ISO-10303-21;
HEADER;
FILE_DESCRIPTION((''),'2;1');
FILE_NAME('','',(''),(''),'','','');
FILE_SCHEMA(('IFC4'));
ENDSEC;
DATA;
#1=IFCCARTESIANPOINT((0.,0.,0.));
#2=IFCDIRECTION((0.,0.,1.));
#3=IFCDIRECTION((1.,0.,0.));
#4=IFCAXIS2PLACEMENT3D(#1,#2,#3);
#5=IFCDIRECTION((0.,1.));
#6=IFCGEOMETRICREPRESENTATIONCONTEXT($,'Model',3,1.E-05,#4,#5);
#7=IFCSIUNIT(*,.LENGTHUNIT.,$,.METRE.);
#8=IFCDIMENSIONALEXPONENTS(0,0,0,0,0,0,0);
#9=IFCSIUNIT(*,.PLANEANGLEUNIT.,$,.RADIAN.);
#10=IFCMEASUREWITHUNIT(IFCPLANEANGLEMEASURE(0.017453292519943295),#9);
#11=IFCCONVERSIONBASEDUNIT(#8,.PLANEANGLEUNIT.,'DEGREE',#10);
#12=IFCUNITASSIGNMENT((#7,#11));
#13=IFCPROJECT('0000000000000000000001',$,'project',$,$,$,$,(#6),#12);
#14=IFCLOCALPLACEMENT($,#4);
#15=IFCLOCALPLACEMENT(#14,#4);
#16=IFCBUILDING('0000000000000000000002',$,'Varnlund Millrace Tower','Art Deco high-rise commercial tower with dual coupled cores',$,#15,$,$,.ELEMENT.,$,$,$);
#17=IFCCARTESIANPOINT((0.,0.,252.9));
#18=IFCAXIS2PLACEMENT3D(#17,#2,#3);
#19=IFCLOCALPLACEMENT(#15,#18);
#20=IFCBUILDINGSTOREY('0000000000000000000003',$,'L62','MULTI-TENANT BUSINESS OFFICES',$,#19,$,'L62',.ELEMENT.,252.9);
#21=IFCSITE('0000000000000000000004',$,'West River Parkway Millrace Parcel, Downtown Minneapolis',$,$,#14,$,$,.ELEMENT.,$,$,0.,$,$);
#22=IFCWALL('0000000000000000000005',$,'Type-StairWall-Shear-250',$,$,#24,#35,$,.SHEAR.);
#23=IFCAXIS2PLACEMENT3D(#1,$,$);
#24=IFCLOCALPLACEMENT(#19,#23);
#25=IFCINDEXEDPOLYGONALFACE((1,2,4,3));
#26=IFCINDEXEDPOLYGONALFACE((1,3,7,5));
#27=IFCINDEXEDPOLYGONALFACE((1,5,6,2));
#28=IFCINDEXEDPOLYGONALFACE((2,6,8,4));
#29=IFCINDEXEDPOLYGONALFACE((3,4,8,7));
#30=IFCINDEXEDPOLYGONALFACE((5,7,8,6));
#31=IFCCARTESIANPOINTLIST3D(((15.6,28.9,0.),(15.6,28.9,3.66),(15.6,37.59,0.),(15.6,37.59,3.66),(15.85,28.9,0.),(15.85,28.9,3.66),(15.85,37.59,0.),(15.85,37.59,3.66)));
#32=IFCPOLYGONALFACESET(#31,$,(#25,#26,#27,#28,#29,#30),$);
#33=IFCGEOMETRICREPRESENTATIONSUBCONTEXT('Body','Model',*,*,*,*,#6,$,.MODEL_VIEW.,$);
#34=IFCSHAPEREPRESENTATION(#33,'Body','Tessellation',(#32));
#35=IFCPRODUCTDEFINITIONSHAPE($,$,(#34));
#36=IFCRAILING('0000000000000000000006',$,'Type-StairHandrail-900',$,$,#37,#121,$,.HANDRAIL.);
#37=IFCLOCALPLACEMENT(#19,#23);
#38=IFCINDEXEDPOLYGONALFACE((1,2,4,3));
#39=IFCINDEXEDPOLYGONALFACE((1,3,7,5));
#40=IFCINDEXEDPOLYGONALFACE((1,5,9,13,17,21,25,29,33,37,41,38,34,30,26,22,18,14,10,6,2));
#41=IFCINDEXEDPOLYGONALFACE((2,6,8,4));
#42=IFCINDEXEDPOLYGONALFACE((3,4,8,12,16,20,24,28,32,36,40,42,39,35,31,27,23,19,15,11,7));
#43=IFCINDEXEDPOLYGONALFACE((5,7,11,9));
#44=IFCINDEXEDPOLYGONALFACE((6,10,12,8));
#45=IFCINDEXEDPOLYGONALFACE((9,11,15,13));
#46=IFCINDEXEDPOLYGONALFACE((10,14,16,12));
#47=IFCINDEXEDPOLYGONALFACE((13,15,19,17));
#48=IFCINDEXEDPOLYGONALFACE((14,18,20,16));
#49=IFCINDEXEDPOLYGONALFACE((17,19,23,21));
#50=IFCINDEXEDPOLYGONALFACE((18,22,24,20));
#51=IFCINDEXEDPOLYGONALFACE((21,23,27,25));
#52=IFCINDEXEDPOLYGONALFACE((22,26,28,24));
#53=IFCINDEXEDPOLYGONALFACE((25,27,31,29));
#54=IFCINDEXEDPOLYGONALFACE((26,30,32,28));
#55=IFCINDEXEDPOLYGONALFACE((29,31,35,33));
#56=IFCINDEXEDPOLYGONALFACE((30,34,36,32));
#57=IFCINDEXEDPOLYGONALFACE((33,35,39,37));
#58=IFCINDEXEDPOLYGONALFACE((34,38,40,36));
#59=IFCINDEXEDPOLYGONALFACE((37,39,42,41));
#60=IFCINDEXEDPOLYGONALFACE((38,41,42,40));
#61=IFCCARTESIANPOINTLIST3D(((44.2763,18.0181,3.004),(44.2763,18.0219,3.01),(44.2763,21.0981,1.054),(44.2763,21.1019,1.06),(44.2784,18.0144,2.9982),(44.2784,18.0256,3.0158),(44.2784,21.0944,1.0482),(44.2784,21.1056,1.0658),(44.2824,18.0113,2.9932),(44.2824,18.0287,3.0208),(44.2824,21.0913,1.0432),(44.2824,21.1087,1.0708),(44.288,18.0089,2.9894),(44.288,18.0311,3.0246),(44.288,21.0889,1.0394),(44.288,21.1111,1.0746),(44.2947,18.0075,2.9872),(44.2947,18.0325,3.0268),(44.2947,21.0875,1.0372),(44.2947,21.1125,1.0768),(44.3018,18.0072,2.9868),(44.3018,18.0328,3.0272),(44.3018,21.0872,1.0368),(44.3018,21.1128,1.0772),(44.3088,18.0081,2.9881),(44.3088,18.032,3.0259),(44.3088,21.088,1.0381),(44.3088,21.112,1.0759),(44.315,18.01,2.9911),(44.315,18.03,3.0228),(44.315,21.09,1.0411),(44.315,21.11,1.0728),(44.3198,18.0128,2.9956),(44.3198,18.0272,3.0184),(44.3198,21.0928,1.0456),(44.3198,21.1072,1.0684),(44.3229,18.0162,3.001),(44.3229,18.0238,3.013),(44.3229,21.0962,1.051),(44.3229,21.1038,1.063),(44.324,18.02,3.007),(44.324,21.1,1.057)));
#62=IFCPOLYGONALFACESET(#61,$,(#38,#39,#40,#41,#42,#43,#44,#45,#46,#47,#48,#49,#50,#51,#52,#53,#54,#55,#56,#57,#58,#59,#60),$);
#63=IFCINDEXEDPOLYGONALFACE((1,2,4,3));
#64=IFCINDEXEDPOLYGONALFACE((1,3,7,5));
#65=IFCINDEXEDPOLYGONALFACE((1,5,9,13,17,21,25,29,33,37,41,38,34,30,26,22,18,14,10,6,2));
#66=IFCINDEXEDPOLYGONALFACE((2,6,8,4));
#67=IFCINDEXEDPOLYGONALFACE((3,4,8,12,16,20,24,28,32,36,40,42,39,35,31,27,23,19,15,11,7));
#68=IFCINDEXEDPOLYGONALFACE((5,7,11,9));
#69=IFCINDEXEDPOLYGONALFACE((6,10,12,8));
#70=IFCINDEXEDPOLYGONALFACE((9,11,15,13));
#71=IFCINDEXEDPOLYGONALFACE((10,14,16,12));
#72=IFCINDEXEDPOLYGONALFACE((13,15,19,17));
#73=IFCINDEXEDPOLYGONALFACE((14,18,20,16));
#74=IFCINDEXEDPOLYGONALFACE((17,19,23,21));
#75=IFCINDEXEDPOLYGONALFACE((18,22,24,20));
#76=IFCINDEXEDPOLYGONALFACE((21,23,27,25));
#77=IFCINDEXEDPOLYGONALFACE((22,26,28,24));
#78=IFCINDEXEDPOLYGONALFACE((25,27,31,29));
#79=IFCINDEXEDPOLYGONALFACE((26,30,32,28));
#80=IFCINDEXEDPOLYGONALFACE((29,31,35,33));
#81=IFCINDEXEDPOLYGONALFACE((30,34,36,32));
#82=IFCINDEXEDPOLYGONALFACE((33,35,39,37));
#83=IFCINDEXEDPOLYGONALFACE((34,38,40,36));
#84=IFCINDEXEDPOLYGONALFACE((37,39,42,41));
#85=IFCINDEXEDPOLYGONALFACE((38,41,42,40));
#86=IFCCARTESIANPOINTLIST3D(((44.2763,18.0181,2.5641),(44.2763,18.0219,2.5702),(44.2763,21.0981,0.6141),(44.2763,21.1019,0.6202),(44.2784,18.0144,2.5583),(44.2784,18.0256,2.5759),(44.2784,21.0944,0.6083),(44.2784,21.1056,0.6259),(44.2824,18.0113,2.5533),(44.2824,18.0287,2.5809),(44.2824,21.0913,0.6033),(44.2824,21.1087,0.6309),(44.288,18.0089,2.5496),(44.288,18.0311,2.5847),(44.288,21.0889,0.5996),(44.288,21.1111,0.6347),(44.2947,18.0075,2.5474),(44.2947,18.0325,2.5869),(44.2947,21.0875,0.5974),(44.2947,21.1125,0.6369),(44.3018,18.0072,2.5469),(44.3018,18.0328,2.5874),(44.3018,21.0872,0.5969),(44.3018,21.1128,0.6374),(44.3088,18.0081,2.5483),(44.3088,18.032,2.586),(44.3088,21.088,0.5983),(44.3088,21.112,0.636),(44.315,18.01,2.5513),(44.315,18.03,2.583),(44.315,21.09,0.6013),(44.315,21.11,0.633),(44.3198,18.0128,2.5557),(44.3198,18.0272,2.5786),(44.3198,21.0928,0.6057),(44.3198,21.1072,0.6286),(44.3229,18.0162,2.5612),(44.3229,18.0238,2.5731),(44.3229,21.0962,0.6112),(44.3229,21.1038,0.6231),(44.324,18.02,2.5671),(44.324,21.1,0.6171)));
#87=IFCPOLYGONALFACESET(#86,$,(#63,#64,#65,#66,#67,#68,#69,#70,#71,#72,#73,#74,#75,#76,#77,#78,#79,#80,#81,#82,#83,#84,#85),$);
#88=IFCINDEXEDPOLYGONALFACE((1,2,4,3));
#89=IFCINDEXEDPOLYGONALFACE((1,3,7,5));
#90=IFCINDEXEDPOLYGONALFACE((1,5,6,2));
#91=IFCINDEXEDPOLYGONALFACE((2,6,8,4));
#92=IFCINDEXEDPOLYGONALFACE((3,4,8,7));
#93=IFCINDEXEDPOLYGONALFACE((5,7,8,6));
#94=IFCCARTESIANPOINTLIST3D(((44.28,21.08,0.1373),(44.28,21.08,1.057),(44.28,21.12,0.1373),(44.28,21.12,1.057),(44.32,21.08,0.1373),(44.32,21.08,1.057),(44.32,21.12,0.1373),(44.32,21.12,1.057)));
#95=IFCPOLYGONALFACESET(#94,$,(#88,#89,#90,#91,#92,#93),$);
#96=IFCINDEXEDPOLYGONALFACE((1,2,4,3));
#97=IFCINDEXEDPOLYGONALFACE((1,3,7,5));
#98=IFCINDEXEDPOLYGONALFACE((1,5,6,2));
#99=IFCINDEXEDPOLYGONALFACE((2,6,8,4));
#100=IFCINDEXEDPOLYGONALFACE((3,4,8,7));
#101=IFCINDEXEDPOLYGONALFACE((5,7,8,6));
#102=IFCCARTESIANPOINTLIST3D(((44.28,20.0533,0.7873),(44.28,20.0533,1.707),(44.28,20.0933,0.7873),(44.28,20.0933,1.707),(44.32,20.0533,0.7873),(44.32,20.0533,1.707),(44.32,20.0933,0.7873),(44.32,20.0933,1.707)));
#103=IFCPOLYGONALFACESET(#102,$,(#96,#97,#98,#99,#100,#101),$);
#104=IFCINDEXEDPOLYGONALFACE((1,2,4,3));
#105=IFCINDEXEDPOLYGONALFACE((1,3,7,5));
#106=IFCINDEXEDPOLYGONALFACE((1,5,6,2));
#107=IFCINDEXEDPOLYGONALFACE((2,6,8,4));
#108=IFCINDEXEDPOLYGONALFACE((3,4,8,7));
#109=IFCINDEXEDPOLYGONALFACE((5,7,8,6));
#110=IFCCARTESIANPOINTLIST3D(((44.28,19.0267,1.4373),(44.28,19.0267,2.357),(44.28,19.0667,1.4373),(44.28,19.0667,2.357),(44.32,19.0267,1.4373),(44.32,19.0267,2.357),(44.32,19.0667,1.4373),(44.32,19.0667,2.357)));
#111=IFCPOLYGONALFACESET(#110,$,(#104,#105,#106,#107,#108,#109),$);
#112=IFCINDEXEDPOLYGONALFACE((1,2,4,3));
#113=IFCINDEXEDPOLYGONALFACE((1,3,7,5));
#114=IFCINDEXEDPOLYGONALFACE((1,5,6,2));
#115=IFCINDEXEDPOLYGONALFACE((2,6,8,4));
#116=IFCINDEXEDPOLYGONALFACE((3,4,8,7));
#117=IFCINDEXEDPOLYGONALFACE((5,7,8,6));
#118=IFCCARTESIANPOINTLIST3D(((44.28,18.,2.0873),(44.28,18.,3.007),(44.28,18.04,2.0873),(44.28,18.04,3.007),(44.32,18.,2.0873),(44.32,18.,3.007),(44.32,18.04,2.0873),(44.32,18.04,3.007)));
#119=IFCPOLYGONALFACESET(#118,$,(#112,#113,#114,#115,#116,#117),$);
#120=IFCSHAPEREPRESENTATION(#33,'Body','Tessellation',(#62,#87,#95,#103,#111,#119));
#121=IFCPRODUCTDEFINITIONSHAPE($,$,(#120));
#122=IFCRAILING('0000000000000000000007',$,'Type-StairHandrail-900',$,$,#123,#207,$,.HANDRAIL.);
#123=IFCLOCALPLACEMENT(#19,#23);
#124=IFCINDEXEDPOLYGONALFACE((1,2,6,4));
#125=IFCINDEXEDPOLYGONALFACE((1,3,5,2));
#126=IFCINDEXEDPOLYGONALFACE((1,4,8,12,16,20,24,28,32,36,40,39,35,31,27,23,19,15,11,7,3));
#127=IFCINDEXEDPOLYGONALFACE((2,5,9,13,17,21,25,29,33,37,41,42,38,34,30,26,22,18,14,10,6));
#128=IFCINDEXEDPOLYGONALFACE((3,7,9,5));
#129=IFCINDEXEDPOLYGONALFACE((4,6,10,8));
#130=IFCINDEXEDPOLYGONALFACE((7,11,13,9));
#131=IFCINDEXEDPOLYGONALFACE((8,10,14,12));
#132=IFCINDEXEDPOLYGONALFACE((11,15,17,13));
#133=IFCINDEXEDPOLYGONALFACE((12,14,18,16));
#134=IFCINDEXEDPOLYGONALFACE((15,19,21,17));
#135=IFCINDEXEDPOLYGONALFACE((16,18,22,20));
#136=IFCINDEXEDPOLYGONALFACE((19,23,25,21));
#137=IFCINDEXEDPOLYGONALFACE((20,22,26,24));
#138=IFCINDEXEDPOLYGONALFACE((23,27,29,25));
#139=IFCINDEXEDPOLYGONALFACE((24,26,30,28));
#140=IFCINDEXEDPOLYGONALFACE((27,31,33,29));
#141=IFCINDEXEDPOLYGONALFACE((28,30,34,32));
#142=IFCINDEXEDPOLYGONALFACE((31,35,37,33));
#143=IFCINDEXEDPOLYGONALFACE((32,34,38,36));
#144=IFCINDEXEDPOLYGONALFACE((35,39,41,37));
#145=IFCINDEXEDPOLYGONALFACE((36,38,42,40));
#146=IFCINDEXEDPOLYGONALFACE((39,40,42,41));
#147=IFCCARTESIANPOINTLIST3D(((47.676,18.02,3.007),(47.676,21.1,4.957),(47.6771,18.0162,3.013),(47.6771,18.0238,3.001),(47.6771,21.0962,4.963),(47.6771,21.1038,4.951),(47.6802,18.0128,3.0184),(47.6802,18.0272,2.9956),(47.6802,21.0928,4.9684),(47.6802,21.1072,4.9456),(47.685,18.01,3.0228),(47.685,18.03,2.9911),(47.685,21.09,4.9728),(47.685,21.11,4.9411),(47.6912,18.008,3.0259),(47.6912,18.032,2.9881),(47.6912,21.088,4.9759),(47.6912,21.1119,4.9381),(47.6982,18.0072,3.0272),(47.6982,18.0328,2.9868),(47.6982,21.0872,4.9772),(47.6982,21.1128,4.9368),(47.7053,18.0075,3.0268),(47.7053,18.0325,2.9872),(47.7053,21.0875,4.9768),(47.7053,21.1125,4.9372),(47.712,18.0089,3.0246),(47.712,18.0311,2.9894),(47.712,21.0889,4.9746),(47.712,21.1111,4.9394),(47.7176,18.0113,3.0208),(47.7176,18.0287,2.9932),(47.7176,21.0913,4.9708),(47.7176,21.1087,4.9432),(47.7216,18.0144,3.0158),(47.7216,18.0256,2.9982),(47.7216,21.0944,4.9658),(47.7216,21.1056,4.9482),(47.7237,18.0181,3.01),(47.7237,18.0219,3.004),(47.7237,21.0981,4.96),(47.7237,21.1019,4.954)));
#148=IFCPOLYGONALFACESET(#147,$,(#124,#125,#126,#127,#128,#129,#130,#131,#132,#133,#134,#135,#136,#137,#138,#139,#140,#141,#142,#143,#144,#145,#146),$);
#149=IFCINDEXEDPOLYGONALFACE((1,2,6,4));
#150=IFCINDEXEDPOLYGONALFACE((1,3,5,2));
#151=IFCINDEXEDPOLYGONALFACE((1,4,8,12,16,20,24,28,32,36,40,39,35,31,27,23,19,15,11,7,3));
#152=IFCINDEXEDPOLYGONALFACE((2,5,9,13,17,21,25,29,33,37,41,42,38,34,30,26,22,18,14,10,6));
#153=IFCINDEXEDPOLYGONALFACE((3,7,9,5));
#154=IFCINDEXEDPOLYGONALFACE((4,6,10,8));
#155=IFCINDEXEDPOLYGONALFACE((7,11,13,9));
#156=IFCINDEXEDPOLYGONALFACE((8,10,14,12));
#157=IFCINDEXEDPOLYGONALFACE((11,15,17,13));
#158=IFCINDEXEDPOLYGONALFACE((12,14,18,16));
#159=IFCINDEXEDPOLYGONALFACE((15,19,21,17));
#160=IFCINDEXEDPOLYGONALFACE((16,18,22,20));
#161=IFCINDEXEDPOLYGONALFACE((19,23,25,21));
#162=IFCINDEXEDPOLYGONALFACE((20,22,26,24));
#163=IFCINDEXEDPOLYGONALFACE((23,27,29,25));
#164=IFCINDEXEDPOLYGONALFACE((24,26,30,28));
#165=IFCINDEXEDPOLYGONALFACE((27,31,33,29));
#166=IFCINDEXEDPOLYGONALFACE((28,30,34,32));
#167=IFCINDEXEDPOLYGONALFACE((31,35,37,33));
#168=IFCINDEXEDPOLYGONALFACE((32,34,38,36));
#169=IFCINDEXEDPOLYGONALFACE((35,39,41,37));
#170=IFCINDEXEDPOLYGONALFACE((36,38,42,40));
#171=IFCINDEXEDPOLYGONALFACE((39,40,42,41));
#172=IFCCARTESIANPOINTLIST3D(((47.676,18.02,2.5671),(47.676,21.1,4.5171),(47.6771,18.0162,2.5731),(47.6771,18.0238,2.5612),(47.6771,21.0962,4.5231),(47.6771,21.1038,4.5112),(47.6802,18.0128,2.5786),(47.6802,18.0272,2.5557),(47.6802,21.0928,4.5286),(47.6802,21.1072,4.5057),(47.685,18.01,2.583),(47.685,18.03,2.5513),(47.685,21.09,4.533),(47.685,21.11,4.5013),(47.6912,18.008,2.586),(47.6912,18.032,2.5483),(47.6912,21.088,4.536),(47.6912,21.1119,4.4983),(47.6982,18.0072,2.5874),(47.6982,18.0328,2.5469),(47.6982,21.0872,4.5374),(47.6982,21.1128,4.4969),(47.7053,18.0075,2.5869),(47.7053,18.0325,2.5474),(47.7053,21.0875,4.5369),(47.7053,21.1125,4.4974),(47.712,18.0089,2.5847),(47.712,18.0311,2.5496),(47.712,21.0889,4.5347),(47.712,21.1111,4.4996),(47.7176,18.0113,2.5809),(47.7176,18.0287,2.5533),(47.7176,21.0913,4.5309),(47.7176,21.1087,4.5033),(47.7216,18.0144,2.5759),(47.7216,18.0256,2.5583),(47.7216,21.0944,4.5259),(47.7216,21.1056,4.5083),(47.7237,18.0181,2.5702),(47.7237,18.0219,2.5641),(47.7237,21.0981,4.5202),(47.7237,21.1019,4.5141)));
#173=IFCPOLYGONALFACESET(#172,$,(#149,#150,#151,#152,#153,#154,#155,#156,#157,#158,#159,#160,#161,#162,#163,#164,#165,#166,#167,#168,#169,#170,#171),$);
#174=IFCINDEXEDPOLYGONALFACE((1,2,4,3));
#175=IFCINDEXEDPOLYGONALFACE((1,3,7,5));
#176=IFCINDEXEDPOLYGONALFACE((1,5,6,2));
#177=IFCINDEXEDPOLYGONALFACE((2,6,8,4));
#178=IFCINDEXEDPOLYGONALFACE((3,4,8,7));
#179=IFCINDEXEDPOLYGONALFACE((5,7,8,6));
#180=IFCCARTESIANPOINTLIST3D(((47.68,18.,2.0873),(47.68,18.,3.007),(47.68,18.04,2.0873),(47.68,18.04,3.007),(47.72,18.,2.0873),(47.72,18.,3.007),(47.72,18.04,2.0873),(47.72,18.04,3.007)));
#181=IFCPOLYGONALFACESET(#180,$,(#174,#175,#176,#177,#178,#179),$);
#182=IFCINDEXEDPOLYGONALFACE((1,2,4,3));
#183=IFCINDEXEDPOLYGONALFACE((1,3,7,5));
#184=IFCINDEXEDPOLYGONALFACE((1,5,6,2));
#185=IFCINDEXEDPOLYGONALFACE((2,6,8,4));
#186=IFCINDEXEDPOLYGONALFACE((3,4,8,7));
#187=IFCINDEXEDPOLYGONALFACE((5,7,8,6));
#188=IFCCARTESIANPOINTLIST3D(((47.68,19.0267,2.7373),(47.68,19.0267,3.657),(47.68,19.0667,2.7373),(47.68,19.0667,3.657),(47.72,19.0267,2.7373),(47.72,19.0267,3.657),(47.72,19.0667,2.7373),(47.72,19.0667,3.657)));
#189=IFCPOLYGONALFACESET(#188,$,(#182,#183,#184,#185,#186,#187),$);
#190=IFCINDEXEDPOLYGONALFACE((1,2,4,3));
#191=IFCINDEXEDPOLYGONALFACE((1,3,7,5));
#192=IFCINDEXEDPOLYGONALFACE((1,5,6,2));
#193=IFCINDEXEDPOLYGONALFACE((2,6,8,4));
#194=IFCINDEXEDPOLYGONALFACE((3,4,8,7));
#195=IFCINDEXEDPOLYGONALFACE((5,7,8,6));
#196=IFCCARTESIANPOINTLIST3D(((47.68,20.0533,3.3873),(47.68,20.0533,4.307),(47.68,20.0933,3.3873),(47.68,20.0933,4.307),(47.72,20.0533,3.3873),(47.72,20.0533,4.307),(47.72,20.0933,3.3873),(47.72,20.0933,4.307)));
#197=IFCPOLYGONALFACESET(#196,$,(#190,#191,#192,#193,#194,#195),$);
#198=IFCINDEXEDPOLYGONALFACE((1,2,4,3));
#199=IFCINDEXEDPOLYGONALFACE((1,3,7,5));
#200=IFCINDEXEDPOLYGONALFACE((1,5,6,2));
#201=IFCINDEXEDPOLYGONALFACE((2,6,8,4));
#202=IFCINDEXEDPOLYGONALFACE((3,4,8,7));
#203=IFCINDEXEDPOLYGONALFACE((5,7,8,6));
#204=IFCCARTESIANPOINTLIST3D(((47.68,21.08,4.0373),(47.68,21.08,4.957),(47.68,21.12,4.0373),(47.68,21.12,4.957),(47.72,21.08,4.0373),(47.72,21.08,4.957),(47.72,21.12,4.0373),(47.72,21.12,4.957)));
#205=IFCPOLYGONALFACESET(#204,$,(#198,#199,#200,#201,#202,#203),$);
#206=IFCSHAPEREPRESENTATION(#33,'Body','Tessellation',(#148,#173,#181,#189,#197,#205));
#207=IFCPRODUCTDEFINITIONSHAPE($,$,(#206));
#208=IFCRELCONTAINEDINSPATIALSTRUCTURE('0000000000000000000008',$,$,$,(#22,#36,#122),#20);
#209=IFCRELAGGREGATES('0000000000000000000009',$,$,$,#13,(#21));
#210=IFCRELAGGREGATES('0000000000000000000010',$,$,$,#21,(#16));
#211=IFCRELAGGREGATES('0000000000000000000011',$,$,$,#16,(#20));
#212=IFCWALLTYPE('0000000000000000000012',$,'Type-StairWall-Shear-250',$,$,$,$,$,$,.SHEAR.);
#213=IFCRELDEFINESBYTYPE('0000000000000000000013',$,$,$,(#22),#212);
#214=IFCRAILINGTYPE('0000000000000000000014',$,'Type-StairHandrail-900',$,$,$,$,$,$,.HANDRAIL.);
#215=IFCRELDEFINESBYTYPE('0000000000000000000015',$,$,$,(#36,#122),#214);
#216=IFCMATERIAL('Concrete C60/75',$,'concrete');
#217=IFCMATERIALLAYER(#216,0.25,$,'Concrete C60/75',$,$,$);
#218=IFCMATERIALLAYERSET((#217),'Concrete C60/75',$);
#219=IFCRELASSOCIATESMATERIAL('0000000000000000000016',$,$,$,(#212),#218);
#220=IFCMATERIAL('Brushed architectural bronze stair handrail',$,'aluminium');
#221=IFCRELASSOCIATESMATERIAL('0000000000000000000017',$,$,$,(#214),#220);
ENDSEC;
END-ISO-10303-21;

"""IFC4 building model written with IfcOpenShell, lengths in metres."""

from ifc_helpers import new_model, entity, si_unit, converted_unit, direction, frame, origin_with_axes, origin_2d_with_axis, place, context, subcontext, project, spatial, polyline, rectangle, circle, outline, extrude, material, layer, layer_set, type_object, element, save


model = new_model("IFC4")

# Units and contexts
model_context = context("Model", 3, precision=1e-05, world=origin_with_axes(), true_north=direction((0.0, 1.0)))
body_context = subcontext(model_context, "Body", "Model", "MODEL_VIEW")
ifc_project = project(units=[si_unit("LENGTHUNIT", "METRE"), converted_unit("PLANEANGLEUNIT", "DEGREE", entity("IfcPlaneAngleMeasure", 0.017453292519943295), si_unit("PLANEANGLEUNIT", "RADIAN"), dimensions=[0, 0, 0, 0, 0, 0, 0])], contexts=[model_context])

# Site, building, storey
site_placement = place(None, origin_with_axes())
site = spatial("IfcSite", under=ifc_project, at=site_placement, Name="West River Parkway Millrace Parcel, Downtown Minneapolis", CompositionType="ELEMENT", RefElevation=0.0)
building_placement = place(site_placement, origin_with_axes())
building = spatial("IfcBuilding", under=site, at=building_placement, Name="Varnlund Millrace Tower", Description="Art Deco high-rise commercial tower with dual coupled cores", CompositionType="ELEMENT")
storey_placement = place(building_placement, frame((0.0, 0.0, 252.9), z_axis=(0.0, 0.0, 1.0), x_axis=(1.0, 0.0, 0.0)))
storey = spatial("IfcBuildingStorey", under=building, at=storey_placement, Name="L62", Description="MULTI-TENANT BUSINESS OFFICES", LongName="L62", CompositionType="ELEMENT", Elevation=252.9)

# Shared definitions
ifc_material_1 = material(Name="Concrete C60/75", Category="concrete")

# Wall
ifc_layer_1 = layer(ifc_material_1, 0.25, Name="Concrete C60/75")
ifc_layer_set_1 = layer_set([ifc_layer_1], Name="Concrete C60/75")
wall_type_1 = type_object("IfcWallType", Name="Type-StairWall-Shear-250", PredefinedType="SHEAR", material=ifc_layer_set_1)
wall_1_placement = place(storey_placement, frame((15.725, 28.9, 0.0), z_axis=(0.0, 0.0, 1.0), x_axis=(0.0, 1.0, 0.0)))
element("IfcWall", 1, at=wall_1_placement, inside=storey, type_object=wall_type_1, Name="Type-StairWall-Shear-250", PredefinedType="SHEAR", context=body_context, shape_type="SweptSolid", body=[
    extrude(outline(polyline([(0.0, -0.125), (8.69, -0.125), (8.69, 0.125), (0.0, 0.125), (0.0, -0.125)])), origin_with_axes(), (0.0, 0.0, 1.0), 3.66),
])

# Railings
ifc_material_2 = material(Name="Brushed architectural bronze stair handrail", Category="aluminium")
railing_type = type_object("IfcRailingType", Name="Type-StairHandrail-900", PredefinedType="HANDRAIL", material=ifc_material_2)
railing_1_placement = place(storey_placement, frame((0.0, 0.0, -252.9), z_axis=(0.0, 0.0, 1.0), x_axis=(1.0, 0.0, 0.0)))
element("IfcRailing", 2, at=railing_1_placement, inside=storey, type_object=railing_type, Name="Type-StairHandrail-900", PredefinedType="HANDRAIL", context=body_context, shape_type="SweptSolid", body=[
    extrude(circle(Radius=0.024, at=origin_2d_with_axis()), frame((44.3, 21.1, 253.957), z_axis=(0.0, -0.844902, 0.534922), x_axis=(1.0, 0.0, 0.0)), (0.0, 0.0, 1.0), 3.6454),
    extrude(circle(Radius=0.024, at=origin_2d_with_axis()), frame((44.3, 21.1, 253.5171), z_axis=(0.0, -0.844902, 0.534922), x_axis=(1.0, 0.0, 0.0)), (0.0, 0.0, 1.0), 3.6454),
    extrude(rectangle(XDim=0.04, YDim=0.04, at=origin_2d_with_axis()), frame((44.3, 21.1, 253.0373), z_axis=(0.0, 0.0, 1.0), x_axis=(1.0, 0.0, 0.0)), (0.0, 0.0, 1.0), 0.9197),
    extrude(rectangle(XDim=0.04, YDim=0.04, at=origin_2d_with_axis()), frame((44.3, 20.0733, 253.6873), z_axis=(0.0, 0.0, 1.0), x_axis=(1.0, 0.0, 0.0)), (0.0, 0.0, 1.0), 0.9197),
    extrude(rectangle(XDim=0.04, YDim=0.04, at=origin_2d_with_axis()), frame((44.3, 19.0467, 254.3373), z_axis=(0.0, 0.0, 1.0), x_axis=(1.0, 0.0, 0.0)), (0.0, 0.0, 1.0), 0.9197),
    extrude(rectangle(XDim=0.04, YDim=0.04, at=origin_2d_with_axis()), frame((44.3, 18.02, 254.9873), z_axis=(0.0, 0.0, 1.0), x_axis=(1.0, 0.0, 0.0)), (0.0, 0.0, 1.0), 0.9197),
])
railing_2_placement = place(storey_placement, frame((0.0, 0.0, -252.9), z_axis=(0.0, 0.0, 1.0), x_axis=(1.0, 0.0, 0.0)))
element("IfcRailing", 3, at=railing_2_placement, inside=storey, type_object=railing_type, Name="Type-StairHandrail-900", PredefinedType="HANDRAIL", context=body_context, shape_type="SweptSolid", body=[
    extrude(circle(Radius=0.024, at=origin_2d_with_axis()), frame((47.7, 18.02, 255.907), z_axis=(0.0, 0.844902, 0.534922), x_axis=(-1.0, 0.0, 0.0)), (0.0, 0.0, 1.0), 3.6454),
    extrude(circle(Radius=0.024, at=origin_2d_with_axis()), frame((47.7, 18.02, 255.4671), z_axis=(0.0, 0.844902, 0.534922), x_axis=(-1.0, 0.0, 0.0)), (0.0, 0.0, 1.0), 3.6454),
    extrude(rectangle(XDim=0.04, YDim=0.04, at=origin_2d_with_axis()), frame((47.7, 18.02, 254.9873), z_axis=(0.0, 0.0, 1.0), x_axis=(1.0, 0.0, 0.0)), (0.0, 0.0, 1.0), 0.9197),
    extrude(rectangle(XDim=0.04, YDim=0.04, at=origin_2d_with_axis()), frame((47.7, 19.0467, 255.6373), z_axis=(0.0, 0.0, 1.0), x_axis=(1.0, 0.0, 0.0)), (0.0, 0.0, 1.0), 0.9197),
    extrude(rectangle(XDim=0.04, YDim=0.04, at=origin_2d_with_axis()), frame((47.7, 20.0733, 256.2873), z_axis=(0.0, 0.0, 1.0), x_axis=(1.0, 0.0, 0.0)), (0.0, 0.0, 1.0), 0.9197),
    extrude(rectangle(XDim=0.04, YDim=0.04, at=origin_2d_with_axis()), frame((47.7, 21.1, 256.9373), z_axis=(0.0, 0.0, 1.0), x_axis=(1.0, 0.0, 0.0)), (0.0, 0.0, 1.0), 0.9197),
])

save(model, "model.ifc")
